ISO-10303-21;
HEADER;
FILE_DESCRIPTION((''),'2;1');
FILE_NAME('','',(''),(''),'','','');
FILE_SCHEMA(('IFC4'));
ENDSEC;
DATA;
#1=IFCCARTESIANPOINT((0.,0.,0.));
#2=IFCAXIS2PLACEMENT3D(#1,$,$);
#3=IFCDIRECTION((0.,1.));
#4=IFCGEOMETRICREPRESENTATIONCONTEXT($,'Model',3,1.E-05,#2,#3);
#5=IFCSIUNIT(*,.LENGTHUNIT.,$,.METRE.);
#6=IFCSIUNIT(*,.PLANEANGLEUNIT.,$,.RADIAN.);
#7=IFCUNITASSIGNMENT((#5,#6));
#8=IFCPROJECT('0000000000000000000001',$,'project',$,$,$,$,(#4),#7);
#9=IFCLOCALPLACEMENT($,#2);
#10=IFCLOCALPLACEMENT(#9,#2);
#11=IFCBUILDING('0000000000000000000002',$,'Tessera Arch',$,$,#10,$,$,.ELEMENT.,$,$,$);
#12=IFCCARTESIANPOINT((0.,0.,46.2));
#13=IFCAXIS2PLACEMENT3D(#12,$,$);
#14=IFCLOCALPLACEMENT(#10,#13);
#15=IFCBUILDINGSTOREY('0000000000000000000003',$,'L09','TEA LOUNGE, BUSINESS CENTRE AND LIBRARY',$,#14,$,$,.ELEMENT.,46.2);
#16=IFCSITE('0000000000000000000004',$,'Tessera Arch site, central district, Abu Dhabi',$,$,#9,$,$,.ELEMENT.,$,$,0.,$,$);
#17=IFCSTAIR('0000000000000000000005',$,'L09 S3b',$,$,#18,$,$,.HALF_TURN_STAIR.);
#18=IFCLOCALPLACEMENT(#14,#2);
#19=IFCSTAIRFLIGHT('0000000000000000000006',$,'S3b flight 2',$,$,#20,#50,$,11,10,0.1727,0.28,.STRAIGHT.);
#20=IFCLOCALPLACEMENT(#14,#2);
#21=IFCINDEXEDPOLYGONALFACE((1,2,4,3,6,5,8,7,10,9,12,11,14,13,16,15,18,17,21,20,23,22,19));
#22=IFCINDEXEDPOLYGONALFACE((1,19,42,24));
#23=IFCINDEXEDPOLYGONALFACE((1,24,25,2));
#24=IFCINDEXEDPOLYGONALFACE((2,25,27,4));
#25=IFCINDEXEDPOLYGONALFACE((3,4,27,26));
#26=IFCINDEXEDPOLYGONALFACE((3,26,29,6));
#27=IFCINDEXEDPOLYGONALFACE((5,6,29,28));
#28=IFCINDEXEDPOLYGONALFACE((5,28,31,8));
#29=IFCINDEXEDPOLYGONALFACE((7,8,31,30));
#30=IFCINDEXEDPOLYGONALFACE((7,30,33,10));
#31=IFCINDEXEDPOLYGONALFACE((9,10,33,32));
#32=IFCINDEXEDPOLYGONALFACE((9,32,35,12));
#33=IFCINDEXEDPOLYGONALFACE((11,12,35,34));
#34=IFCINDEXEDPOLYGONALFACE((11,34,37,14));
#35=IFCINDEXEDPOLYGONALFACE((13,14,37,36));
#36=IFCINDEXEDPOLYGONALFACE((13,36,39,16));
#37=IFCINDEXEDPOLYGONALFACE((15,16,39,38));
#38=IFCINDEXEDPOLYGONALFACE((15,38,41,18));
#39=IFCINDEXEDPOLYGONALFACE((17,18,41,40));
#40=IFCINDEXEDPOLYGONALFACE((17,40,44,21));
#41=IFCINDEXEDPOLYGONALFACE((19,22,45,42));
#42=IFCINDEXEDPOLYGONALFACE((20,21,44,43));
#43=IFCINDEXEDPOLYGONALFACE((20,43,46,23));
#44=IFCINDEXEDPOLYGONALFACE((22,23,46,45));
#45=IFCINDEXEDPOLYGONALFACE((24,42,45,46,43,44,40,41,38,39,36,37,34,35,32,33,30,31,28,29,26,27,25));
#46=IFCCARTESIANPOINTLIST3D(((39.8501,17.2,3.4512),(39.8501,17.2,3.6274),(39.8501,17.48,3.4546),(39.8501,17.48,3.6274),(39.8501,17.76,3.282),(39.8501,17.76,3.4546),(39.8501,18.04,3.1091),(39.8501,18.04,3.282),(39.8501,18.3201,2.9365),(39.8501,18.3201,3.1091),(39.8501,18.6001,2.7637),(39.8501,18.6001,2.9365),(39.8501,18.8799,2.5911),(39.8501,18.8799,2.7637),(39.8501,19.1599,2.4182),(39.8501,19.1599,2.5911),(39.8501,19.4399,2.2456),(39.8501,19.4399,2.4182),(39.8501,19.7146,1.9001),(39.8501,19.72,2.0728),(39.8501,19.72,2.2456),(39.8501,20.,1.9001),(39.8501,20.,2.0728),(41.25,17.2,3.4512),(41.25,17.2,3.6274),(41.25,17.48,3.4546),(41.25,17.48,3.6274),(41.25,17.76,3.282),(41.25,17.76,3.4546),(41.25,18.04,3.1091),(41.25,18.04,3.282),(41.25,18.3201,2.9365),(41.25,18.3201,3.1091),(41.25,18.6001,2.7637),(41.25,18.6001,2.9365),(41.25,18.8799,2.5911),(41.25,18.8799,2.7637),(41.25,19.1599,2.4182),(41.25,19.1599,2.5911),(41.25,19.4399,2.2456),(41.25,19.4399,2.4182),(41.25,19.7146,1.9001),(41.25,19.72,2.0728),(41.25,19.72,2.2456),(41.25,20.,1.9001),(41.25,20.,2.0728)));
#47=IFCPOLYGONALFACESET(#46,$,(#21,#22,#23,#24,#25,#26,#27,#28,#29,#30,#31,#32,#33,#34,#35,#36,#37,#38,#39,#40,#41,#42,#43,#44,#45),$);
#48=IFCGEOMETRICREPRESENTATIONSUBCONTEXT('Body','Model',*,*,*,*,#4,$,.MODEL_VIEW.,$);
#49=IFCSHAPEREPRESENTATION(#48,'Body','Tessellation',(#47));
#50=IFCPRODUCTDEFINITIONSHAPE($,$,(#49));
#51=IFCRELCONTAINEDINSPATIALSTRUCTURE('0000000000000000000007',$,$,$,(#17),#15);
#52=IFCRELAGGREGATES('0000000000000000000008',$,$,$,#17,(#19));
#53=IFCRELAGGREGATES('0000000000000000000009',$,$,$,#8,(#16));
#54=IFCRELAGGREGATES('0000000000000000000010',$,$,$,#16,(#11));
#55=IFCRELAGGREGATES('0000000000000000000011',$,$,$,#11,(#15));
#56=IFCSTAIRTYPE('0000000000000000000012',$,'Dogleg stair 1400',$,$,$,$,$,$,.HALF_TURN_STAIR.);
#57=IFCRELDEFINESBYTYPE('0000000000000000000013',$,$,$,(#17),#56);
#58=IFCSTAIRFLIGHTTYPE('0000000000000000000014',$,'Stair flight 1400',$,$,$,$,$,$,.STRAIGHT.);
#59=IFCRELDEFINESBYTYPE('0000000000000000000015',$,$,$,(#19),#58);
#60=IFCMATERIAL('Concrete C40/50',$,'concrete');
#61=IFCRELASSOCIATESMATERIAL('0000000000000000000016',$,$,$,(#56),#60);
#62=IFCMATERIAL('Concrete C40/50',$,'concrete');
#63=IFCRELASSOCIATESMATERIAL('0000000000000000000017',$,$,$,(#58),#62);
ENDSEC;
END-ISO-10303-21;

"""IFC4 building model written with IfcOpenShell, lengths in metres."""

from ifc_helpers import new_model, si_unit, direction, frame, origin, place, context, subcontext, project, spatial, polyline, outline, extrude, material, type_object, element, aggregate, save


model = new_model("IFC4")

# Units and contexts
model_context = context("Model", 3, precision=1e-05, world=origin(), true_north=direction((0.0, 1.0)))
body_context = subcontext(model_context, "Body", "Model", "MODEL_VIEW")
ifc_project = project(units=[si_unit("LENGTHUNIT", "METRE"), si_unit("PLANEANGLEUNIT", "RADIAN")], contexts=[model_context])

# Site, building, storey
site_placement = place(None, origin())
site = spatial("IfcSite", under=ifc_project, at=site_placement, Name="Tessera Arch site, central district, Abu Dhabi", CompositionType="ELEMENT", RefElevation=0.0)
building_placement = place(site_placement, origin())
building = spatial("IfcBuilding", under=site, at=building_placement, Name="Tessera Arch", CompositionType="ELEMENT")
storey_placement = place(building_placement, frame((0.0, 0.0, 46.2)))
storey = spatial("IfcBuildingStorey", under=building, at=storey_placement, Name="L09", Description="TEA LOUNGE, BUSINESS CENTRE AND LIBRARY", CompositionType="ELEMENT", Elevation=46.2)

# Stair, stair flight
ifc_material_1 = material(Name="Concrete C40/50", Category="concrete")
stair_type = type_object("IfcStairType", Name="Dogleg stair 1400", PredefinedType="HALF_TURN_STAIR", material=ifc_material_1)
ifc_material_2 = material(Name="Concrete C40/50", Category="concrete")
stair_flight_type = type_object("IfcStairFlightType", Name="Stair flight 1400", PredefinedType="STRAIGHT", material=ifc_material_2)
stair_1_placement = place(storey_placement, origin())
stair_1 = element("IfcStair", 1, at=stair_1_placement, inside=storey, type_object=stair_type, Name="L09 S3b", PredefinedType="HALF_TURN_STAIR")
stair_flight_1_placement = place(storey_placement, frame((40.55, 20.0, 1.9001), z_axis=(0.0, 0.0, 1.0), x_axis=(0.0, -1.0, 0.0)))
stair_flight_1 = element("IfcStairFlight", 2, at=stair_flight_1_placement, type_object=stair_flight_type, Name="S3b flight 2", NumberOfRisers=11, NumberOfTreads=10, PredefinedType="STRAIGHT", RiserHeight=0.1727, TreadLength=0.28, context=body_context, shape_type="SweptSolid", body=[
    extrude(outline(polyline([(0.0, 0.0), (0.0, 0.1726), (0.28, 0.1726), (0.28, 0.3455), (0.5601, 0.3455), (0.5601, 0.5181), (0.8401, 0.5181), (0.8401, 0.6909), (1.1201, 0.6909), (1.1201, 0.8635), (1.3999, 0.8635), (1.3999, 1.0364), (1.6799, 1.0364), (1.6799, 1.209), (1.96, 1.209), (1.96, 1.3818), (2.24, 1.3818), (2.24, 1.5544), (2.52, 1.5544), (2.52, 1.7273), (2.8, 1.7273), (2.8, 1.8999), (2.8, 1.551), (0.2854, 0.0), (0.0, 0.0)])), frame((0.0, 0.7, 0.0), z_axis=(0.0, -1.0, 0.0), x_axis=(1.0, 0.0, 0.0)), (0.0, 0.0, 1.0), 1.3999),
])
aggregate(stair_1, [stair_flight_1])

save(model, "model.ifc")
